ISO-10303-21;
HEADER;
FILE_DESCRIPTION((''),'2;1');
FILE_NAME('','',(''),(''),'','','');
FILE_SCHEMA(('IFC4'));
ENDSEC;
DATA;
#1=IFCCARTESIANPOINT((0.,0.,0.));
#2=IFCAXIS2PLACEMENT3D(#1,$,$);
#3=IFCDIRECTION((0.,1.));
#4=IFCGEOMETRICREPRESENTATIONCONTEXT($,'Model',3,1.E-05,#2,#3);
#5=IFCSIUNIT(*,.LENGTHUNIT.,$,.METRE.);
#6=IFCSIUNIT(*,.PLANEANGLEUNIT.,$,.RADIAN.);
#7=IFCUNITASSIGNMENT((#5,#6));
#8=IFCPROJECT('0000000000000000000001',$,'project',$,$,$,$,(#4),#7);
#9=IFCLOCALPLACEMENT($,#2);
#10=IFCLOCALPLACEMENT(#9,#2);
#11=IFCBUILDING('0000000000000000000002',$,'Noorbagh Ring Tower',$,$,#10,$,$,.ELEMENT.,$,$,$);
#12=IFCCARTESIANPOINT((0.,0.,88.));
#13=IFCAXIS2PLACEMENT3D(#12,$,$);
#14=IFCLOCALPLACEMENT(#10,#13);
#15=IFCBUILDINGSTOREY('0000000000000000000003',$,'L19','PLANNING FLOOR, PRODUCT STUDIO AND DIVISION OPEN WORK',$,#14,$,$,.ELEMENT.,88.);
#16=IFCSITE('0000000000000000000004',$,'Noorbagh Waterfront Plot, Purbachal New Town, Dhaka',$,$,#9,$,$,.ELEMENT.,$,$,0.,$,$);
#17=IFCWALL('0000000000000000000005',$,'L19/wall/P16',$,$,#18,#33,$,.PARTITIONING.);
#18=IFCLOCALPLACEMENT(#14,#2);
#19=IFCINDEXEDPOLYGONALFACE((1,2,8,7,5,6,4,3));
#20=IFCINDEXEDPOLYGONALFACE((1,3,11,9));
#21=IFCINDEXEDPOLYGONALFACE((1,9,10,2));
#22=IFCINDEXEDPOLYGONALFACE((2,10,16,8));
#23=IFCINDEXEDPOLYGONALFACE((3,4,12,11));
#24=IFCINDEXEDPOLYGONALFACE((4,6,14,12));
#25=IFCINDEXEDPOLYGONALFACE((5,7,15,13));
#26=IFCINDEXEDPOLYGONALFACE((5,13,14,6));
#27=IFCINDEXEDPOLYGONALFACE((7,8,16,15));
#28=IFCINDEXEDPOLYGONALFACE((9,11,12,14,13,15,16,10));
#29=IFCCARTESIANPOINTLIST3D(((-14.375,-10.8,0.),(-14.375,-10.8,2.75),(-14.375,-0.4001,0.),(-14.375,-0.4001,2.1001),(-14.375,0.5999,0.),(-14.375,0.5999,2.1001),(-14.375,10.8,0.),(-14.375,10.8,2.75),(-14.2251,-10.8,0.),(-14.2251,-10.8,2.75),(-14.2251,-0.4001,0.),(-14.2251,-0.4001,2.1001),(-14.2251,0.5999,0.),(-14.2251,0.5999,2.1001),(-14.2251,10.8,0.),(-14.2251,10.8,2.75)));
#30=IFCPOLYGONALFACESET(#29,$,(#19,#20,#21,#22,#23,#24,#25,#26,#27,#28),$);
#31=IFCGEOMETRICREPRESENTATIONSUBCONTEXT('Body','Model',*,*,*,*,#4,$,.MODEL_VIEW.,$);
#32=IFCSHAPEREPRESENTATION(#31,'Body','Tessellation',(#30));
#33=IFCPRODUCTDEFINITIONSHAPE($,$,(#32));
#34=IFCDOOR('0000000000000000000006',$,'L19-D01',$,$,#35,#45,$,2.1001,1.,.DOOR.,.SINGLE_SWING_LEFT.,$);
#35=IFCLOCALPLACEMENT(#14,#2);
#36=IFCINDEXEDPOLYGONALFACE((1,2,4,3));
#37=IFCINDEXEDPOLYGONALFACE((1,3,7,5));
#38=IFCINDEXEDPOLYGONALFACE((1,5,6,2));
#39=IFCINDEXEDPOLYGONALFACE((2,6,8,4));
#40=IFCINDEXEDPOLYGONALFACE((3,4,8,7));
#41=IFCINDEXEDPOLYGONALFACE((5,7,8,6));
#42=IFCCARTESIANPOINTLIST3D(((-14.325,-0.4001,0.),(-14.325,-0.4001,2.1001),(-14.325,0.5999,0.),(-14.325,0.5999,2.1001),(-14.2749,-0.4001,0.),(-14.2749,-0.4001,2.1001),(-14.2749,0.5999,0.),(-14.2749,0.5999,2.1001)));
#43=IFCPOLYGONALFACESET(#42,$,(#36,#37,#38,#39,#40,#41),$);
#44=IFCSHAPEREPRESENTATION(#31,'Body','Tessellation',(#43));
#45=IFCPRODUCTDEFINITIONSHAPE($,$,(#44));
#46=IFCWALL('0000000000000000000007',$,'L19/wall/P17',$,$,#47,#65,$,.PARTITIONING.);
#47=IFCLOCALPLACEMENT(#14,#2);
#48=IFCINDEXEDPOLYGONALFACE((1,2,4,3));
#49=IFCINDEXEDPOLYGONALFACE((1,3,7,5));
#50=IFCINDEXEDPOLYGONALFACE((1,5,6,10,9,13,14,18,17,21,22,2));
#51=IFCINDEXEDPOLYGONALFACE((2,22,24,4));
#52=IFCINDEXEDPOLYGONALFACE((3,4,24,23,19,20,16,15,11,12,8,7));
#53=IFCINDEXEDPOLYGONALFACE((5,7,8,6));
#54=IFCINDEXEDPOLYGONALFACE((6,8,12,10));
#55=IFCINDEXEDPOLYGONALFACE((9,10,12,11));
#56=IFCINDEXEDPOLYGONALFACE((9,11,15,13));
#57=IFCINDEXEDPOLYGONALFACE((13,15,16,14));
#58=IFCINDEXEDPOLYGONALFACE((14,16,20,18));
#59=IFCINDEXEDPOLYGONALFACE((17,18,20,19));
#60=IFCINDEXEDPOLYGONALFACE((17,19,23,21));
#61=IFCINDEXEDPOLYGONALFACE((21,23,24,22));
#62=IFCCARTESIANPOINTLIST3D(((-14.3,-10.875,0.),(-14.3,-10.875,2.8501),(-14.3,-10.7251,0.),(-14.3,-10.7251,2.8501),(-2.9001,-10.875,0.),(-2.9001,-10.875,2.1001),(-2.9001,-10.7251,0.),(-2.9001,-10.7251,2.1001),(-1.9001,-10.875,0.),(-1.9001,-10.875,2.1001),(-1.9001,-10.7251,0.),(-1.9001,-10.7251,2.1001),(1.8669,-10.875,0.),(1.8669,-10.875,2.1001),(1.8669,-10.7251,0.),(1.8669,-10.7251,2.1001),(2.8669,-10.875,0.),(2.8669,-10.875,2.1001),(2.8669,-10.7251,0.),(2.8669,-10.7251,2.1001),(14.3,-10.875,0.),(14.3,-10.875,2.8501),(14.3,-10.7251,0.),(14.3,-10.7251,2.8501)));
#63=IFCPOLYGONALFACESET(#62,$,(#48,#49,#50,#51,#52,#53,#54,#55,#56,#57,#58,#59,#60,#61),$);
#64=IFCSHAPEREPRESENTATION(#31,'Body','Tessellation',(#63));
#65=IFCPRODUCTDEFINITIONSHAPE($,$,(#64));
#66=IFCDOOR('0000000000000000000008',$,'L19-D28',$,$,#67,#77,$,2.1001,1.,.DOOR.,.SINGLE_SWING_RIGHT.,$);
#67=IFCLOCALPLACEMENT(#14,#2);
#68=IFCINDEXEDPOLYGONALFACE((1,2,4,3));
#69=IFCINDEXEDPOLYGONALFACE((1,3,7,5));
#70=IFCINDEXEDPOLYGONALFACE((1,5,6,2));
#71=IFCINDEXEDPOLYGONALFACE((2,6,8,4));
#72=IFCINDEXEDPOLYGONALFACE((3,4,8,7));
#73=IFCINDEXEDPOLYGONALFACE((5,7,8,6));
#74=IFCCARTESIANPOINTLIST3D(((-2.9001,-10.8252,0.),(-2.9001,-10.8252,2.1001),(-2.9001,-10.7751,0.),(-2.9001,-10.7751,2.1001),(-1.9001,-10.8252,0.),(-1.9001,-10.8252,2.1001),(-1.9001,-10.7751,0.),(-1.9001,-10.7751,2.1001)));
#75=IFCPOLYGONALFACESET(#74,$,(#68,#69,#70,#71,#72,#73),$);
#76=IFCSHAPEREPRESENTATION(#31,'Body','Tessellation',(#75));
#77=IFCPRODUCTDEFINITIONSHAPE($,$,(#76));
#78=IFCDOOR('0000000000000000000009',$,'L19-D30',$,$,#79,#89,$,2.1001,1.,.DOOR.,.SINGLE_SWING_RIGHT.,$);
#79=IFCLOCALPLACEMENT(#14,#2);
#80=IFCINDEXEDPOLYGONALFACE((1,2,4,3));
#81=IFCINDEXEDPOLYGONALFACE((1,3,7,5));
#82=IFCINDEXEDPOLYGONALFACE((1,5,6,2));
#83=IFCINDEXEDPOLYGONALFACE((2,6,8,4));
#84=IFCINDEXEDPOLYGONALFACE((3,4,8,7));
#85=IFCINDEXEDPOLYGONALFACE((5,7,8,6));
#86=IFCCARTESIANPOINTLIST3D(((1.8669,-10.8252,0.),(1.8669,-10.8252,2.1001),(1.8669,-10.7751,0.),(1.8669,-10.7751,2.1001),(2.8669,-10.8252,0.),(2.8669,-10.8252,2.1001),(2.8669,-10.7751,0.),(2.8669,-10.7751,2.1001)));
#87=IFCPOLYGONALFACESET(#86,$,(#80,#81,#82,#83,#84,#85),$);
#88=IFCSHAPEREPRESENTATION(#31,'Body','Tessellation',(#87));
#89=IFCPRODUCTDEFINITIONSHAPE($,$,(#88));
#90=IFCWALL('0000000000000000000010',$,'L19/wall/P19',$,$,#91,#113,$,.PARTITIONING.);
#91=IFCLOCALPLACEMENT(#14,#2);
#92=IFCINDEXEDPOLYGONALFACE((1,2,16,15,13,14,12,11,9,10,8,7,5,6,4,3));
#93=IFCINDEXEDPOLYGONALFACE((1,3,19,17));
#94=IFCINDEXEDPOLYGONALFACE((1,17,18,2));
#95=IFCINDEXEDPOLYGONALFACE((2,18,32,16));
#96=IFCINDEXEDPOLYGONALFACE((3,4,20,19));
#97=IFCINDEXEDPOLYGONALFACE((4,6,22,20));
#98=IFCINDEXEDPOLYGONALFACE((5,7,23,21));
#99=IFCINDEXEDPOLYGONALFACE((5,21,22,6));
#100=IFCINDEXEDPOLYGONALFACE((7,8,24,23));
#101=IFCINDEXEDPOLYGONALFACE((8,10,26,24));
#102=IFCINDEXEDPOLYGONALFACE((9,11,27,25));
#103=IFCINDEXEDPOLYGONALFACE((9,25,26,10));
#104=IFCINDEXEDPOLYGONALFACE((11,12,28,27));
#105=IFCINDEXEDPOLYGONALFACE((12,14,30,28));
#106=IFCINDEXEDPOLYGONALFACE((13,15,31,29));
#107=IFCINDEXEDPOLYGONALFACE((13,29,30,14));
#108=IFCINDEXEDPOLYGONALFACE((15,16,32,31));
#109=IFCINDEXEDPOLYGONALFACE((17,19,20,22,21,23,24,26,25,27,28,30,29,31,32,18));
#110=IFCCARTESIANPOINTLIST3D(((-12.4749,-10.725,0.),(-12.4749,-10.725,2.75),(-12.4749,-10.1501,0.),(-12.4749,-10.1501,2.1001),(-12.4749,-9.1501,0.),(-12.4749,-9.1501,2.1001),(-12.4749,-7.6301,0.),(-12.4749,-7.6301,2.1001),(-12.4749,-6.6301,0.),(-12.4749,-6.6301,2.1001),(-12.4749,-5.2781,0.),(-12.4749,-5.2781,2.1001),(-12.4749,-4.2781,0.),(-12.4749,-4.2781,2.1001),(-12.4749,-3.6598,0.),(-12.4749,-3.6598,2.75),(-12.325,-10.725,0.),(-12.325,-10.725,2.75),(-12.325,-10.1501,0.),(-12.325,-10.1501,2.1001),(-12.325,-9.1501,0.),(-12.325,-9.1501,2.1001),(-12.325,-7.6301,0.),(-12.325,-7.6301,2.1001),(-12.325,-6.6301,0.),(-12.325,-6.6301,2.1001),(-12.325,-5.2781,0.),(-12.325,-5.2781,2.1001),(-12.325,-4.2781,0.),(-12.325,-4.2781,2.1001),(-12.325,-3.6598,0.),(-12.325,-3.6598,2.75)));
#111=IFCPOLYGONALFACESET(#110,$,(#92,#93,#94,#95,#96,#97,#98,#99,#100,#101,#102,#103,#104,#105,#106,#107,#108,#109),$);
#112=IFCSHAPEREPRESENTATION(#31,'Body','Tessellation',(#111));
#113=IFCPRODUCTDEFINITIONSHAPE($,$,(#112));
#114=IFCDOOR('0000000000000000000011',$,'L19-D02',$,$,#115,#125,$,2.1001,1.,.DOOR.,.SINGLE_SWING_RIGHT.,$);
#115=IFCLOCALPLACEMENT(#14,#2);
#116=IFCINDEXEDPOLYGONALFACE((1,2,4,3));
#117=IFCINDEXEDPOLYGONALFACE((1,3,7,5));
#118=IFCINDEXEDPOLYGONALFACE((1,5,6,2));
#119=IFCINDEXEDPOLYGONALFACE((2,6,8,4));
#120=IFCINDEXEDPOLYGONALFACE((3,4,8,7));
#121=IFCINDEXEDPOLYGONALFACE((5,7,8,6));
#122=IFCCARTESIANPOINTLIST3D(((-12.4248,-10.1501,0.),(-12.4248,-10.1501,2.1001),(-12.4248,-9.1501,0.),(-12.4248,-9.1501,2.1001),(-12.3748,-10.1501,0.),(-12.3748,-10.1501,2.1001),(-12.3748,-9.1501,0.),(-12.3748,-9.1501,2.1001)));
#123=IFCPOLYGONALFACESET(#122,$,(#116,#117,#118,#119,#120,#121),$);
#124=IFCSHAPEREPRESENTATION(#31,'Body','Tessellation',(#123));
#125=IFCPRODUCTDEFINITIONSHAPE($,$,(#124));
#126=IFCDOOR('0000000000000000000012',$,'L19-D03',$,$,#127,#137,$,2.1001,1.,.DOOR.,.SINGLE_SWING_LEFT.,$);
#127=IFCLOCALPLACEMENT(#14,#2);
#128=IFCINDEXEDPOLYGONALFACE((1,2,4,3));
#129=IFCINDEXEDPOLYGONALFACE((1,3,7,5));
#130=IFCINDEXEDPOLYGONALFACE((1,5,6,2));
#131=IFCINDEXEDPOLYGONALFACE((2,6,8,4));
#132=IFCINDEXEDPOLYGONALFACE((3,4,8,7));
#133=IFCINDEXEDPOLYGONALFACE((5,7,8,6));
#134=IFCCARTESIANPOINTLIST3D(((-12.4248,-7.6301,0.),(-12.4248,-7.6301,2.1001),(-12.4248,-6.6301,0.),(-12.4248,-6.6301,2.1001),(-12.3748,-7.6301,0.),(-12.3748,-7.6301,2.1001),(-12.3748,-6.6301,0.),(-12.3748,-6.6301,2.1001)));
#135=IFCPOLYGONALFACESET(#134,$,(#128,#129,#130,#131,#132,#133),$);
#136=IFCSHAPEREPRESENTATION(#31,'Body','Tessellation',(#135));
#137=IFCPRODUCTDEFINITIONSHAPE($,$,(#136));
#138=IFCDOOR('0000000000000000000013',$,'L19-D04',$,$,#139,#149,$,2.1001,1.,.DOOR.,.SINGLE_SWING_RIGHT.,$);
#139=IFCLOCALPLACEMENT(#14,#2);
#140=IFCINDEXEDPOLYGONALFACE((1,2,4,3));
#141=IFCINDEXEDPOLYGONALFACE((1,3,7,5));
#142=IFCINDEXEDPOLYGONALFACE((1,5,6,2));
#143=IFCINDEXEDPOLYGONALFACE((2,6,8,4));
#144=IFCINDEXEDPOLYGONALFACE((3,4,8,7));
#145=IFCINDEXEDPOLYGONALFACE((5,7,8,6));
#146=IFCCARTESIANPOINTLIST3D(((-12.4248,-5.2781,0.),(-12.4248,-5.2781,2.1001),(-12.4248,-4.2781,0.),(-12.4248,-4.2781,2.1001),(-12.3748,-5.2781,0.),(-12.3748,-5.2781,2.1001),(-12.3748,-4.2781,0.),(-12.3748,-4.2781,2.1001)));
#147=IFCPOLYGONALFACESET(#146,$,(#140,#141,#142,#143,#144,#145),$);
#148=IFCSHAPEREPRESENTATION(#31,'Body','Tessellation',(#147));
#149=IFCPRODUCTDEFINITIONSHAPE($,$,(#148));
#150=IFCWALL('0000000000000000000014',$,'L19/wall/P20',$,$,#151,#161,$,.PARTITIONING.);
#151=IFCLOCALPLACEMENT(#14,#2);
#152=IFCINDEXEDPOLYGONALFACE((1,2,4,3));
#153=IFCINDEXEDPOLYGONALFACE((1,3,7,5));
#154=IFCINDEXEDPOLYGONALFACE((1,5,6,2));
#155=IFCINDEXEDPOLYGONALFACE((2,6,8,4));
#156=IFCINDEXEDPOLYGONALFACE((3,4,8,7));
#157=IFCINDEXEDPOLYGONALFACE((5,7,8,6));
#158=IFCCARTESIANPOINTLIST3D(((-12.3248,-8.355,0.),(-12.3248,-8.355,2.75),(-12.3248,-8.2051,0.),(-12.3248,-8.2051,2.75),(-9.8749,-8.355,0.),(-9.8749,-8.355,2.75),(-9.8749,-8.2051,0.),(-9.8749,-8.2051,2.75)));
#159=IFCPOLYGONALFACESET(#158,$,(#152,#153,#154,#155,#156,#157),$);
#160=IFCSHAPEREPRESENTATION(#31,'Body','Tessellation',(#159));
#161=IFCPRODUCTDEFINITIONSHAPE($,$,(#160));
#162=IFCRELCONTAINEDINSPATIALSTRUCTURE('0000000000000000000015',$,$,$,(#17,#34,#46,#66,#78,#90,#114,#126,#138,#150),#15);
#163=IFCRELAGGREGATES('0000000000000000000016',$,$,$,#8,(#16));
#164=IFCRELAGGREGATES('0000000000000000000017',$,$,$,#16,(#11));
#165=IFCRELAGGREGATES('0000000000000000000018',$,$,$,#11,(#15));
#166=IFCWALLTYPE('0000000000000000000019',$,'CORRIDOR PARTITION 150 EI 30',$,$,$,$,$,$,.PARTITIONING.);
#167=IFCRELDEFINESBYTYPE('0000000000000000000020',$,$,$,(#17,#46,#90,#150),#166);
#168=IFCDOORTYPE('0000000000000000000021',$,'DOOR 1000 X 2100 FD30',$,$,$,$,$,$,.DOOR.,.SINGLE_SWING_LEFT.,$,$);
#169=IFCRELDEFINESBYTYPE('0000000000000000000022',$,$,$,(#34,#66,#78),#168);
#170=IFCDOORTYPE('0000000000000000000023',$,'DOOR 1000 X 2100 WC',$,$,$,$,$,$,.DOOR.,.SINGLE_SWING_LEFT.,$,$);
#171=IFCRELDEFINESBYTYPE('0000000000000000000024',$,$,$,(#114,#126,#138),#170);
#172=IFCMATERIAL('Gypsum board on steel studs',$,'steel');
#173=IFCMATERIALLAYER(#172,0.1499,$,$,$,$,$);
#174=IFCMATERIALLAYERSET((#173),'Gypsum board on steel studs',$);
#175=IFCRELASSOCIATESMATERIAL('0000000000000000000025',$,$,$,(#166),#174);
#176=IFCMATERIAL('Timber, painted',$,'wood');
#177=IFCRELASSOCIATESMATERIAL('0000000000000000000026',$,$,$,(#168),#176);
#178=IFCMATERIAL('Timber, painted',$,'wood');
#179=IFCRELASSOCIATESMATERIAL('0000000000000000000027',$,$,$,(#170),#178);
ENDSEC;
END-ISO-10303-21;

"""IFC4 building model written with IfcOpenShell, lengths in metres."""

from ifc_helpers import new_model, si_unit, direction, frame, frame_2d, origin, place, context, subcontext, project, spatial, rectangle, extrude, material, layer, layer_set, type_object, element, fill, save


model = new_model("IFC4")

# Units and contexts
model_context = context("Model", 3, precision=1e-05, world=origin(), true_north=direction((0.0, 1.0)))
body_context = subcontext(model_context, "Body", "Model", "MODEL_VIEW")
ifc_project = project(units=[si_unit("LENGTHUNIT", "METRE"), si_unit("PLANEANGLEUNIT", "RADIAN")], contexts=[model_context])

# Site, building, storey
site_placement = place(None, origin())
site = spatial("IfcSite", under=ifc_project, at=site_placement, Name="Noorbagh Waterfront Plot, Purbachal New Town, Dhaka", CompositionType="ELEMENT", RefElevation=0.0)
building_placement = place(site_placement, origin())
building = spatial("IfcBuilding", under=site, at=building_placement, Name="Noorbagh Ring Tower", CompositionType="ELEMENT")
storey_placement = place(building_placement, frame((0.0, 0.0, 88.0)))
storey = spatial("IfcBuildingStorey", under=building, at=storey_placement, Name="L19", Description="PLANNING FLOOR, PRODUCT STUDIO AND DIVISION OPEN WORK", CompositionType="ELEMENT", Elevation=88.0)

# Shared definitions
ifc_material_1 = material(Name="Gypsum board on steel studs", Category="steel")
ifc_layer_1 = layer(ifc_material_1, 0.1499)
ifc_layer_set_1 = layer_set([ifc_layer_1], Name="Gypsum board on steel studs")
wall_type_1 = type_object("IfcWallType", Name="CORRIDOR PARTITION 150 EI 30", PredefinedType="PARTITIONING", material=ifc_layer_set_1)

# Wall, opening, door
ifc_material_2 = material(Name="Timber, painted", Category="wood")
door_type_1 = type_object("IfcDoorType", Name="DOOR 1000 X 2100 FD30", OperationType="SINGLE_SWING_LEFT", PredefinedType="DOOR", material=ifc_material_2)
wall_1_placement = place(storey_placement, frame((-14.3, -10.8, 0.0), z_axis=(0.0, 0.0, 1.0), x_axis=(0.0, 1.0, 0.0)))
wall_1 = element("IfcWall", 1, at=wall_1_placement, inside=storey, type_object=wall_type_1, Name="L19/wall/P16", PredefinedType="PARTITIONING", context=body_context, shape_type="SweptSolid", body=[
    extrude(rectangle(XDim=21.6001, YDim=0.1499, at=frame_2d((10.8, 0.0))), origin(), (0.0, 0.0, 1.0), 2.75),
])
opening_1_placement = place(wall_1_placement, frame((10.3999, 0.0, 0.0)))
opening_1 = element("IfcOpeningElement", 2, at=opening_1_placement, cuts=wall_1, PredefinedType="OPENING", context=body_context, shape_type="SweptSolid", body=[
    extrude(rectangle(XDim=1.0, YDim=2.1001, at=frame_2d((0.5, 1.05))), frame((0.0, 0.085, 0.0), z_axis=(0.0, -1.0, 0.0), x_axis=(1.0, 0.0, 0.0)), (0.0, 0.0, 1.0), 0.1699),
])
door_1_placement = place(opening_1_placement, origin())
door_1 = element("IfcDoor", 3, at=door_1_placement, inside=storey, type_object=door_type_1, Name="L19-D01", OperationType="SINGLE_SWING_LEFT", OverallHeight=2.1001, OverallWidth=1.0, PredefinedType="DOOR", context=body_context, shape_type="SweptSolid", body=[
    extrude(rectangle(XDim=1.0, YDim=2.1001, at=frame_2d((0.5, 1.05))), frame((0.0, 0.0249, 0.0), z_axis=(0.0, -1.0, 0.0), x_axis=(1.0, 0.0, 0.0)), (0.0, 0.0, 1.0), 0.05),
])
fill(opening_1, door_1)

# Walls, openings, doors
wall_2_placement = place(storey_placement, frame((-14.3, -10.8, 0.0), z_axis=(0.0, 0.0, 1.0), x_axis=(1.0, 0.0, 0.0)))
wall_2 = element("IfcWall", 4, at=wall_2_placement, inside=storey, type_object=wall_type_1, Name="L19/wall/P17", PredefinedType="PARTITIONING", context=body_context, shape_type="SweptSolid", body=[
    extrude(rectangle(XDim=28.6001, YDim=0.1499, at=frame_2d((14.3, 0.0))), origin(), (0.0, 0.0, 1.0), 2.8501),
])
opening_2_placement = place(wall_2_placement, frame((11.3999, 0.0, 0.0)))
opening_2 = element("IfcOpeningElement", 5, at=opening_2_placement, cuts=wall_2, PredefinedType="OPENING", context=body_context, shape_type="SweptSolid", body=[
    extrude(rectangle(XDim=1.0, YDim=2.1001, at=frame_2d((0.5, 1.05))), frame((0.0, 0.085, 0.0), z_axis=(0.0, -1.0, 0.0), x_axis=(1.0, 0.0, 0.0)), (0.0, 0.0, 1.0), 0.1699),
])
opening_3_placement = place(wall_2_placement, frame((16.167, 0.0, 0.0)))
opening_3 = element("IfcOpeningElement", 6, at=opening_3_placement, cuts=wall_2, PredefinedType="OPENING", context=body_context, shape_type="SweptSolid", body=[
    extrude(rectangle(XDim=1.0, YDim=2.1001, at=frame_2d((0.5, 1.05))), frame((0.0, 0.085, 0.0), z_axis=(0.0, -1.0, 0.0), x_axis=(1.0, 0.0, 0.0)), (0.0, 0.0, 1.0), 0.1699),
])
door_2_placement = place(opening_2_placement, origin())
door_2 = element("IfcDoor", 7, at=door_2_placement, inside=storey, type_object=door_type_1, Name="L19-D28", OperationType="SINGLE_SWING_RIGHT", OverallHeight=2.1001, OverallWidth=1.0, PredefinedType="DOOR", context=body_context, shape_type="SweptSolid", body=[
    extrude(rectangle(XDim=1.0, YDim=2.1001, at=frame_2d((0.5, 1.05))), frame((0.0, 0.0249, 0.0), z_axis=(0.0, -1.0, 0.0), x_axis=(1.0, 0.0, 0.0)), (0.0, 0.0, 1.0), 0.05),
])
fill(opening_2, door_2)
door_3_placement = place(opening_3_placement, origin())
door_3 = element("IfcDoor", 8, at=door_3_placement, inside=storey, type_object=door_type_1, Name="L19-D30", OperationType="SINGLE_SWING_RIGHT", OverallHeight=2.1001, OverallWidth=1.0, PredefinedType="DOOR", context=body_context, shape_type="SweptSolid", body=[
    extrude(rectangle(XDim=1.0, YDim=2.1001, at=frame_2d((0.5, 1.05))), frame((0.0, 0.0249, 0.0), z_axis=(0.0, -1.0, 0.0), x_axis=(1.0, 0.0, 0.0)), (0.0, 0.0, 1.0), 0.05),
])
fill(opening_3, door_3)
wall_3_placement = place(storey_placement, frame((-12.3999, -10.7251, 0.0), z_axis=(0.0, 0.0, 1.0), x_axis=(0.0, 1.0, 0.0)))
wall_3 = element("IfcWall", 9, at=wall_3_placement, inside=storey, type_object=wall_type_1, Name="L19/wall/P19", PredefinedType="PARTITIONING", context=body_context, shape_type="SweptSolid", body=[
    extrude(rectangle(XDim=7.0652, YDim=0.1499, at=frame_2d((3.5327, 0.0))), origin(), (0.0, 0.0, 1.0), 2.75),
])
opening_4_placement = place(wall_3_placement, frame((0.575, 0.0, 0.0)))
opening_4 = element("IfcOpeningElement", 10, at=opening_4_placement, cuts=wall_3, PredefinedType="OPENING", context=body_context, shape_type="SweptSolid", body=[
    extrude(rectangle(XDim=1.0, YDim=2.1001, at=frame_2d((0.5, 1.05))), frame((0.0, 0.085, 0.0), z_axis=(0.0, -1.0, 0.0), x_axis=(1.0, 0.0, 0.0)), (0.0, 0.0, 1.0), 0.1699),
])
opening_5_placement = place(wall_3_placement, frame((3.095, 0.0, 0.0)))
opening_5 = element("IfcOpeningElement", 11, at=opening_5_placement, cuts=wall_3, PredefinedType="OPENING", context=body_context, shape_type="SweptSolid", body=[
    extrude(rectangle(XDim=1.0, YDim=2.1001, at=frame_2d((0.5, 1.05))), frame((0.0, 0.085, 0.0), z_axis=(0.0, -1.0, 0.0), x_axis=(1.0, 0.0, 0.0)), (0.0, 0.0, 1.0), 0.1699),
])
opening_6_placement = place(wall_3_placement, frame((5.447, 0.0, 0.0)))
opening_6 = element("IfcOpeningElement", 12, at=opening_6_placement, cuts=wall_3, PredefinedType="OPENING", context=body_context, shape_type="SweptSolid", body=[
    extrude(rectangle(XDim=1.0, YDim=2.1001, at=frame_2d((0.5, 1.05))), frame((0.0, 0.085, 0.0), z_axis=(0.0, -1.0, 0.0), x_axis=(1.0, 0.0, 0.0)), (0.0, 0.0, 1.0), 0.1699),
])
ifc_material_3 = material(Name="Timber, painted", Category="wood")
door_type_2 = type_object("IfcDoorType", Name="DOOR 1000 X 2100 WC", OperationType="SINGLE_SWING_LEFT", PredefinedType="DOOR", material=ifc_material_3)
door_4_placement = place(opening_4_placement, origin())
door_4 = element("IfcDoor", 13, at=door_4_placement, inside=storey, type_object=door_type_2, Name="L19-D02", OperationType="SINGLE_SWING_RIGHT", OverallHeight=2.1001, OverallWidth=1.0, PredefinedType="DOOR", context=body_context, shape_type="SweptSolid", body=[
    extrude(rectangle(XDim=1.0, YDim=2.1001, at=frame_2d((0.5, 1.05))), frame((0.0, 0.0249, 0.0), z_axis=(0.0, -1.0, 0.0), x_axis=(1.0, 0.0, 0.0)), (0.0, 0.0, 1.0), 0.05),
])
fill(opening_4, door_4)
door_5_placement = place(opening_5_placement, origin())
door_5 = element("IfcDoor", 14, at=door_5_placement, inside=storey, type_object=door_type_2, Name="L19-D03", OperationType="SINGLE_SWING_LEFT", OverallHeight=2.1001, OverallWidth=1.0, PredefinedType="DOOR", context=body_context, shape_type="SweptSolid", body=[
    extrude(rectangle(XDim=1.0, YDim=2.1001, at=frame_2d((0.5, 1.05))), frame((0.0, 0.0249, 0.0), z_axis=(0.0, -1.0, 0.0), x_axis=(1.0, 0.0, 0.0)), (0.0, 0.0, 1.0), 0.05),
])
fill(opening_5, door_5)
door_6_placement = place(opening_6_placement, origin())
door_6 = element("IfcDoor", 15, at=door_6_placement, inside=storey, type_object=door_type_2, Name="L19-D04", OperationType="SINGLE_SWING_RIGHT", OverallHeight=2.1001, OverallWidth=1.0, PredefinedType="DOOR", context=body_context, shape_type="SweptSolid", body=[
    extrude(rectangle(XDim=1.0, YDim=2.1001, at=frame_2d((0.5, 1.05))), frame((0.0, 0.0249, 0.0), z_axis=(0.0, -1.0, 0.0), x_axis=(1.0, 0.0, 0.0)), (0.0, 0.0, 1.0), 0.05),
])
fill(opening_6, door_6)

# Wall
wall_4_placement = place(storey_placement, frame((-12.325, -8.28, 0.0), z_axis=(0.0, 0.0, 1.0), x_axis=(1.0, 0.0, 0.0)))
element("IfcWall", 16, at=wall_4_placement, inside=storey, type_object=wall_type_1, Name="L19/wall/P20", PredefinedType="PARTITIONING", context=body_context, shape_type="SweptSolid", body=[
    extrude(rectangle(XDim=2.45, YDim=0.1499, at=frame_2d((1.2251, 0.0))), origin(), (0.0, 0.0, 1.0), 2.75),
])

save(model, "model.ifc")
